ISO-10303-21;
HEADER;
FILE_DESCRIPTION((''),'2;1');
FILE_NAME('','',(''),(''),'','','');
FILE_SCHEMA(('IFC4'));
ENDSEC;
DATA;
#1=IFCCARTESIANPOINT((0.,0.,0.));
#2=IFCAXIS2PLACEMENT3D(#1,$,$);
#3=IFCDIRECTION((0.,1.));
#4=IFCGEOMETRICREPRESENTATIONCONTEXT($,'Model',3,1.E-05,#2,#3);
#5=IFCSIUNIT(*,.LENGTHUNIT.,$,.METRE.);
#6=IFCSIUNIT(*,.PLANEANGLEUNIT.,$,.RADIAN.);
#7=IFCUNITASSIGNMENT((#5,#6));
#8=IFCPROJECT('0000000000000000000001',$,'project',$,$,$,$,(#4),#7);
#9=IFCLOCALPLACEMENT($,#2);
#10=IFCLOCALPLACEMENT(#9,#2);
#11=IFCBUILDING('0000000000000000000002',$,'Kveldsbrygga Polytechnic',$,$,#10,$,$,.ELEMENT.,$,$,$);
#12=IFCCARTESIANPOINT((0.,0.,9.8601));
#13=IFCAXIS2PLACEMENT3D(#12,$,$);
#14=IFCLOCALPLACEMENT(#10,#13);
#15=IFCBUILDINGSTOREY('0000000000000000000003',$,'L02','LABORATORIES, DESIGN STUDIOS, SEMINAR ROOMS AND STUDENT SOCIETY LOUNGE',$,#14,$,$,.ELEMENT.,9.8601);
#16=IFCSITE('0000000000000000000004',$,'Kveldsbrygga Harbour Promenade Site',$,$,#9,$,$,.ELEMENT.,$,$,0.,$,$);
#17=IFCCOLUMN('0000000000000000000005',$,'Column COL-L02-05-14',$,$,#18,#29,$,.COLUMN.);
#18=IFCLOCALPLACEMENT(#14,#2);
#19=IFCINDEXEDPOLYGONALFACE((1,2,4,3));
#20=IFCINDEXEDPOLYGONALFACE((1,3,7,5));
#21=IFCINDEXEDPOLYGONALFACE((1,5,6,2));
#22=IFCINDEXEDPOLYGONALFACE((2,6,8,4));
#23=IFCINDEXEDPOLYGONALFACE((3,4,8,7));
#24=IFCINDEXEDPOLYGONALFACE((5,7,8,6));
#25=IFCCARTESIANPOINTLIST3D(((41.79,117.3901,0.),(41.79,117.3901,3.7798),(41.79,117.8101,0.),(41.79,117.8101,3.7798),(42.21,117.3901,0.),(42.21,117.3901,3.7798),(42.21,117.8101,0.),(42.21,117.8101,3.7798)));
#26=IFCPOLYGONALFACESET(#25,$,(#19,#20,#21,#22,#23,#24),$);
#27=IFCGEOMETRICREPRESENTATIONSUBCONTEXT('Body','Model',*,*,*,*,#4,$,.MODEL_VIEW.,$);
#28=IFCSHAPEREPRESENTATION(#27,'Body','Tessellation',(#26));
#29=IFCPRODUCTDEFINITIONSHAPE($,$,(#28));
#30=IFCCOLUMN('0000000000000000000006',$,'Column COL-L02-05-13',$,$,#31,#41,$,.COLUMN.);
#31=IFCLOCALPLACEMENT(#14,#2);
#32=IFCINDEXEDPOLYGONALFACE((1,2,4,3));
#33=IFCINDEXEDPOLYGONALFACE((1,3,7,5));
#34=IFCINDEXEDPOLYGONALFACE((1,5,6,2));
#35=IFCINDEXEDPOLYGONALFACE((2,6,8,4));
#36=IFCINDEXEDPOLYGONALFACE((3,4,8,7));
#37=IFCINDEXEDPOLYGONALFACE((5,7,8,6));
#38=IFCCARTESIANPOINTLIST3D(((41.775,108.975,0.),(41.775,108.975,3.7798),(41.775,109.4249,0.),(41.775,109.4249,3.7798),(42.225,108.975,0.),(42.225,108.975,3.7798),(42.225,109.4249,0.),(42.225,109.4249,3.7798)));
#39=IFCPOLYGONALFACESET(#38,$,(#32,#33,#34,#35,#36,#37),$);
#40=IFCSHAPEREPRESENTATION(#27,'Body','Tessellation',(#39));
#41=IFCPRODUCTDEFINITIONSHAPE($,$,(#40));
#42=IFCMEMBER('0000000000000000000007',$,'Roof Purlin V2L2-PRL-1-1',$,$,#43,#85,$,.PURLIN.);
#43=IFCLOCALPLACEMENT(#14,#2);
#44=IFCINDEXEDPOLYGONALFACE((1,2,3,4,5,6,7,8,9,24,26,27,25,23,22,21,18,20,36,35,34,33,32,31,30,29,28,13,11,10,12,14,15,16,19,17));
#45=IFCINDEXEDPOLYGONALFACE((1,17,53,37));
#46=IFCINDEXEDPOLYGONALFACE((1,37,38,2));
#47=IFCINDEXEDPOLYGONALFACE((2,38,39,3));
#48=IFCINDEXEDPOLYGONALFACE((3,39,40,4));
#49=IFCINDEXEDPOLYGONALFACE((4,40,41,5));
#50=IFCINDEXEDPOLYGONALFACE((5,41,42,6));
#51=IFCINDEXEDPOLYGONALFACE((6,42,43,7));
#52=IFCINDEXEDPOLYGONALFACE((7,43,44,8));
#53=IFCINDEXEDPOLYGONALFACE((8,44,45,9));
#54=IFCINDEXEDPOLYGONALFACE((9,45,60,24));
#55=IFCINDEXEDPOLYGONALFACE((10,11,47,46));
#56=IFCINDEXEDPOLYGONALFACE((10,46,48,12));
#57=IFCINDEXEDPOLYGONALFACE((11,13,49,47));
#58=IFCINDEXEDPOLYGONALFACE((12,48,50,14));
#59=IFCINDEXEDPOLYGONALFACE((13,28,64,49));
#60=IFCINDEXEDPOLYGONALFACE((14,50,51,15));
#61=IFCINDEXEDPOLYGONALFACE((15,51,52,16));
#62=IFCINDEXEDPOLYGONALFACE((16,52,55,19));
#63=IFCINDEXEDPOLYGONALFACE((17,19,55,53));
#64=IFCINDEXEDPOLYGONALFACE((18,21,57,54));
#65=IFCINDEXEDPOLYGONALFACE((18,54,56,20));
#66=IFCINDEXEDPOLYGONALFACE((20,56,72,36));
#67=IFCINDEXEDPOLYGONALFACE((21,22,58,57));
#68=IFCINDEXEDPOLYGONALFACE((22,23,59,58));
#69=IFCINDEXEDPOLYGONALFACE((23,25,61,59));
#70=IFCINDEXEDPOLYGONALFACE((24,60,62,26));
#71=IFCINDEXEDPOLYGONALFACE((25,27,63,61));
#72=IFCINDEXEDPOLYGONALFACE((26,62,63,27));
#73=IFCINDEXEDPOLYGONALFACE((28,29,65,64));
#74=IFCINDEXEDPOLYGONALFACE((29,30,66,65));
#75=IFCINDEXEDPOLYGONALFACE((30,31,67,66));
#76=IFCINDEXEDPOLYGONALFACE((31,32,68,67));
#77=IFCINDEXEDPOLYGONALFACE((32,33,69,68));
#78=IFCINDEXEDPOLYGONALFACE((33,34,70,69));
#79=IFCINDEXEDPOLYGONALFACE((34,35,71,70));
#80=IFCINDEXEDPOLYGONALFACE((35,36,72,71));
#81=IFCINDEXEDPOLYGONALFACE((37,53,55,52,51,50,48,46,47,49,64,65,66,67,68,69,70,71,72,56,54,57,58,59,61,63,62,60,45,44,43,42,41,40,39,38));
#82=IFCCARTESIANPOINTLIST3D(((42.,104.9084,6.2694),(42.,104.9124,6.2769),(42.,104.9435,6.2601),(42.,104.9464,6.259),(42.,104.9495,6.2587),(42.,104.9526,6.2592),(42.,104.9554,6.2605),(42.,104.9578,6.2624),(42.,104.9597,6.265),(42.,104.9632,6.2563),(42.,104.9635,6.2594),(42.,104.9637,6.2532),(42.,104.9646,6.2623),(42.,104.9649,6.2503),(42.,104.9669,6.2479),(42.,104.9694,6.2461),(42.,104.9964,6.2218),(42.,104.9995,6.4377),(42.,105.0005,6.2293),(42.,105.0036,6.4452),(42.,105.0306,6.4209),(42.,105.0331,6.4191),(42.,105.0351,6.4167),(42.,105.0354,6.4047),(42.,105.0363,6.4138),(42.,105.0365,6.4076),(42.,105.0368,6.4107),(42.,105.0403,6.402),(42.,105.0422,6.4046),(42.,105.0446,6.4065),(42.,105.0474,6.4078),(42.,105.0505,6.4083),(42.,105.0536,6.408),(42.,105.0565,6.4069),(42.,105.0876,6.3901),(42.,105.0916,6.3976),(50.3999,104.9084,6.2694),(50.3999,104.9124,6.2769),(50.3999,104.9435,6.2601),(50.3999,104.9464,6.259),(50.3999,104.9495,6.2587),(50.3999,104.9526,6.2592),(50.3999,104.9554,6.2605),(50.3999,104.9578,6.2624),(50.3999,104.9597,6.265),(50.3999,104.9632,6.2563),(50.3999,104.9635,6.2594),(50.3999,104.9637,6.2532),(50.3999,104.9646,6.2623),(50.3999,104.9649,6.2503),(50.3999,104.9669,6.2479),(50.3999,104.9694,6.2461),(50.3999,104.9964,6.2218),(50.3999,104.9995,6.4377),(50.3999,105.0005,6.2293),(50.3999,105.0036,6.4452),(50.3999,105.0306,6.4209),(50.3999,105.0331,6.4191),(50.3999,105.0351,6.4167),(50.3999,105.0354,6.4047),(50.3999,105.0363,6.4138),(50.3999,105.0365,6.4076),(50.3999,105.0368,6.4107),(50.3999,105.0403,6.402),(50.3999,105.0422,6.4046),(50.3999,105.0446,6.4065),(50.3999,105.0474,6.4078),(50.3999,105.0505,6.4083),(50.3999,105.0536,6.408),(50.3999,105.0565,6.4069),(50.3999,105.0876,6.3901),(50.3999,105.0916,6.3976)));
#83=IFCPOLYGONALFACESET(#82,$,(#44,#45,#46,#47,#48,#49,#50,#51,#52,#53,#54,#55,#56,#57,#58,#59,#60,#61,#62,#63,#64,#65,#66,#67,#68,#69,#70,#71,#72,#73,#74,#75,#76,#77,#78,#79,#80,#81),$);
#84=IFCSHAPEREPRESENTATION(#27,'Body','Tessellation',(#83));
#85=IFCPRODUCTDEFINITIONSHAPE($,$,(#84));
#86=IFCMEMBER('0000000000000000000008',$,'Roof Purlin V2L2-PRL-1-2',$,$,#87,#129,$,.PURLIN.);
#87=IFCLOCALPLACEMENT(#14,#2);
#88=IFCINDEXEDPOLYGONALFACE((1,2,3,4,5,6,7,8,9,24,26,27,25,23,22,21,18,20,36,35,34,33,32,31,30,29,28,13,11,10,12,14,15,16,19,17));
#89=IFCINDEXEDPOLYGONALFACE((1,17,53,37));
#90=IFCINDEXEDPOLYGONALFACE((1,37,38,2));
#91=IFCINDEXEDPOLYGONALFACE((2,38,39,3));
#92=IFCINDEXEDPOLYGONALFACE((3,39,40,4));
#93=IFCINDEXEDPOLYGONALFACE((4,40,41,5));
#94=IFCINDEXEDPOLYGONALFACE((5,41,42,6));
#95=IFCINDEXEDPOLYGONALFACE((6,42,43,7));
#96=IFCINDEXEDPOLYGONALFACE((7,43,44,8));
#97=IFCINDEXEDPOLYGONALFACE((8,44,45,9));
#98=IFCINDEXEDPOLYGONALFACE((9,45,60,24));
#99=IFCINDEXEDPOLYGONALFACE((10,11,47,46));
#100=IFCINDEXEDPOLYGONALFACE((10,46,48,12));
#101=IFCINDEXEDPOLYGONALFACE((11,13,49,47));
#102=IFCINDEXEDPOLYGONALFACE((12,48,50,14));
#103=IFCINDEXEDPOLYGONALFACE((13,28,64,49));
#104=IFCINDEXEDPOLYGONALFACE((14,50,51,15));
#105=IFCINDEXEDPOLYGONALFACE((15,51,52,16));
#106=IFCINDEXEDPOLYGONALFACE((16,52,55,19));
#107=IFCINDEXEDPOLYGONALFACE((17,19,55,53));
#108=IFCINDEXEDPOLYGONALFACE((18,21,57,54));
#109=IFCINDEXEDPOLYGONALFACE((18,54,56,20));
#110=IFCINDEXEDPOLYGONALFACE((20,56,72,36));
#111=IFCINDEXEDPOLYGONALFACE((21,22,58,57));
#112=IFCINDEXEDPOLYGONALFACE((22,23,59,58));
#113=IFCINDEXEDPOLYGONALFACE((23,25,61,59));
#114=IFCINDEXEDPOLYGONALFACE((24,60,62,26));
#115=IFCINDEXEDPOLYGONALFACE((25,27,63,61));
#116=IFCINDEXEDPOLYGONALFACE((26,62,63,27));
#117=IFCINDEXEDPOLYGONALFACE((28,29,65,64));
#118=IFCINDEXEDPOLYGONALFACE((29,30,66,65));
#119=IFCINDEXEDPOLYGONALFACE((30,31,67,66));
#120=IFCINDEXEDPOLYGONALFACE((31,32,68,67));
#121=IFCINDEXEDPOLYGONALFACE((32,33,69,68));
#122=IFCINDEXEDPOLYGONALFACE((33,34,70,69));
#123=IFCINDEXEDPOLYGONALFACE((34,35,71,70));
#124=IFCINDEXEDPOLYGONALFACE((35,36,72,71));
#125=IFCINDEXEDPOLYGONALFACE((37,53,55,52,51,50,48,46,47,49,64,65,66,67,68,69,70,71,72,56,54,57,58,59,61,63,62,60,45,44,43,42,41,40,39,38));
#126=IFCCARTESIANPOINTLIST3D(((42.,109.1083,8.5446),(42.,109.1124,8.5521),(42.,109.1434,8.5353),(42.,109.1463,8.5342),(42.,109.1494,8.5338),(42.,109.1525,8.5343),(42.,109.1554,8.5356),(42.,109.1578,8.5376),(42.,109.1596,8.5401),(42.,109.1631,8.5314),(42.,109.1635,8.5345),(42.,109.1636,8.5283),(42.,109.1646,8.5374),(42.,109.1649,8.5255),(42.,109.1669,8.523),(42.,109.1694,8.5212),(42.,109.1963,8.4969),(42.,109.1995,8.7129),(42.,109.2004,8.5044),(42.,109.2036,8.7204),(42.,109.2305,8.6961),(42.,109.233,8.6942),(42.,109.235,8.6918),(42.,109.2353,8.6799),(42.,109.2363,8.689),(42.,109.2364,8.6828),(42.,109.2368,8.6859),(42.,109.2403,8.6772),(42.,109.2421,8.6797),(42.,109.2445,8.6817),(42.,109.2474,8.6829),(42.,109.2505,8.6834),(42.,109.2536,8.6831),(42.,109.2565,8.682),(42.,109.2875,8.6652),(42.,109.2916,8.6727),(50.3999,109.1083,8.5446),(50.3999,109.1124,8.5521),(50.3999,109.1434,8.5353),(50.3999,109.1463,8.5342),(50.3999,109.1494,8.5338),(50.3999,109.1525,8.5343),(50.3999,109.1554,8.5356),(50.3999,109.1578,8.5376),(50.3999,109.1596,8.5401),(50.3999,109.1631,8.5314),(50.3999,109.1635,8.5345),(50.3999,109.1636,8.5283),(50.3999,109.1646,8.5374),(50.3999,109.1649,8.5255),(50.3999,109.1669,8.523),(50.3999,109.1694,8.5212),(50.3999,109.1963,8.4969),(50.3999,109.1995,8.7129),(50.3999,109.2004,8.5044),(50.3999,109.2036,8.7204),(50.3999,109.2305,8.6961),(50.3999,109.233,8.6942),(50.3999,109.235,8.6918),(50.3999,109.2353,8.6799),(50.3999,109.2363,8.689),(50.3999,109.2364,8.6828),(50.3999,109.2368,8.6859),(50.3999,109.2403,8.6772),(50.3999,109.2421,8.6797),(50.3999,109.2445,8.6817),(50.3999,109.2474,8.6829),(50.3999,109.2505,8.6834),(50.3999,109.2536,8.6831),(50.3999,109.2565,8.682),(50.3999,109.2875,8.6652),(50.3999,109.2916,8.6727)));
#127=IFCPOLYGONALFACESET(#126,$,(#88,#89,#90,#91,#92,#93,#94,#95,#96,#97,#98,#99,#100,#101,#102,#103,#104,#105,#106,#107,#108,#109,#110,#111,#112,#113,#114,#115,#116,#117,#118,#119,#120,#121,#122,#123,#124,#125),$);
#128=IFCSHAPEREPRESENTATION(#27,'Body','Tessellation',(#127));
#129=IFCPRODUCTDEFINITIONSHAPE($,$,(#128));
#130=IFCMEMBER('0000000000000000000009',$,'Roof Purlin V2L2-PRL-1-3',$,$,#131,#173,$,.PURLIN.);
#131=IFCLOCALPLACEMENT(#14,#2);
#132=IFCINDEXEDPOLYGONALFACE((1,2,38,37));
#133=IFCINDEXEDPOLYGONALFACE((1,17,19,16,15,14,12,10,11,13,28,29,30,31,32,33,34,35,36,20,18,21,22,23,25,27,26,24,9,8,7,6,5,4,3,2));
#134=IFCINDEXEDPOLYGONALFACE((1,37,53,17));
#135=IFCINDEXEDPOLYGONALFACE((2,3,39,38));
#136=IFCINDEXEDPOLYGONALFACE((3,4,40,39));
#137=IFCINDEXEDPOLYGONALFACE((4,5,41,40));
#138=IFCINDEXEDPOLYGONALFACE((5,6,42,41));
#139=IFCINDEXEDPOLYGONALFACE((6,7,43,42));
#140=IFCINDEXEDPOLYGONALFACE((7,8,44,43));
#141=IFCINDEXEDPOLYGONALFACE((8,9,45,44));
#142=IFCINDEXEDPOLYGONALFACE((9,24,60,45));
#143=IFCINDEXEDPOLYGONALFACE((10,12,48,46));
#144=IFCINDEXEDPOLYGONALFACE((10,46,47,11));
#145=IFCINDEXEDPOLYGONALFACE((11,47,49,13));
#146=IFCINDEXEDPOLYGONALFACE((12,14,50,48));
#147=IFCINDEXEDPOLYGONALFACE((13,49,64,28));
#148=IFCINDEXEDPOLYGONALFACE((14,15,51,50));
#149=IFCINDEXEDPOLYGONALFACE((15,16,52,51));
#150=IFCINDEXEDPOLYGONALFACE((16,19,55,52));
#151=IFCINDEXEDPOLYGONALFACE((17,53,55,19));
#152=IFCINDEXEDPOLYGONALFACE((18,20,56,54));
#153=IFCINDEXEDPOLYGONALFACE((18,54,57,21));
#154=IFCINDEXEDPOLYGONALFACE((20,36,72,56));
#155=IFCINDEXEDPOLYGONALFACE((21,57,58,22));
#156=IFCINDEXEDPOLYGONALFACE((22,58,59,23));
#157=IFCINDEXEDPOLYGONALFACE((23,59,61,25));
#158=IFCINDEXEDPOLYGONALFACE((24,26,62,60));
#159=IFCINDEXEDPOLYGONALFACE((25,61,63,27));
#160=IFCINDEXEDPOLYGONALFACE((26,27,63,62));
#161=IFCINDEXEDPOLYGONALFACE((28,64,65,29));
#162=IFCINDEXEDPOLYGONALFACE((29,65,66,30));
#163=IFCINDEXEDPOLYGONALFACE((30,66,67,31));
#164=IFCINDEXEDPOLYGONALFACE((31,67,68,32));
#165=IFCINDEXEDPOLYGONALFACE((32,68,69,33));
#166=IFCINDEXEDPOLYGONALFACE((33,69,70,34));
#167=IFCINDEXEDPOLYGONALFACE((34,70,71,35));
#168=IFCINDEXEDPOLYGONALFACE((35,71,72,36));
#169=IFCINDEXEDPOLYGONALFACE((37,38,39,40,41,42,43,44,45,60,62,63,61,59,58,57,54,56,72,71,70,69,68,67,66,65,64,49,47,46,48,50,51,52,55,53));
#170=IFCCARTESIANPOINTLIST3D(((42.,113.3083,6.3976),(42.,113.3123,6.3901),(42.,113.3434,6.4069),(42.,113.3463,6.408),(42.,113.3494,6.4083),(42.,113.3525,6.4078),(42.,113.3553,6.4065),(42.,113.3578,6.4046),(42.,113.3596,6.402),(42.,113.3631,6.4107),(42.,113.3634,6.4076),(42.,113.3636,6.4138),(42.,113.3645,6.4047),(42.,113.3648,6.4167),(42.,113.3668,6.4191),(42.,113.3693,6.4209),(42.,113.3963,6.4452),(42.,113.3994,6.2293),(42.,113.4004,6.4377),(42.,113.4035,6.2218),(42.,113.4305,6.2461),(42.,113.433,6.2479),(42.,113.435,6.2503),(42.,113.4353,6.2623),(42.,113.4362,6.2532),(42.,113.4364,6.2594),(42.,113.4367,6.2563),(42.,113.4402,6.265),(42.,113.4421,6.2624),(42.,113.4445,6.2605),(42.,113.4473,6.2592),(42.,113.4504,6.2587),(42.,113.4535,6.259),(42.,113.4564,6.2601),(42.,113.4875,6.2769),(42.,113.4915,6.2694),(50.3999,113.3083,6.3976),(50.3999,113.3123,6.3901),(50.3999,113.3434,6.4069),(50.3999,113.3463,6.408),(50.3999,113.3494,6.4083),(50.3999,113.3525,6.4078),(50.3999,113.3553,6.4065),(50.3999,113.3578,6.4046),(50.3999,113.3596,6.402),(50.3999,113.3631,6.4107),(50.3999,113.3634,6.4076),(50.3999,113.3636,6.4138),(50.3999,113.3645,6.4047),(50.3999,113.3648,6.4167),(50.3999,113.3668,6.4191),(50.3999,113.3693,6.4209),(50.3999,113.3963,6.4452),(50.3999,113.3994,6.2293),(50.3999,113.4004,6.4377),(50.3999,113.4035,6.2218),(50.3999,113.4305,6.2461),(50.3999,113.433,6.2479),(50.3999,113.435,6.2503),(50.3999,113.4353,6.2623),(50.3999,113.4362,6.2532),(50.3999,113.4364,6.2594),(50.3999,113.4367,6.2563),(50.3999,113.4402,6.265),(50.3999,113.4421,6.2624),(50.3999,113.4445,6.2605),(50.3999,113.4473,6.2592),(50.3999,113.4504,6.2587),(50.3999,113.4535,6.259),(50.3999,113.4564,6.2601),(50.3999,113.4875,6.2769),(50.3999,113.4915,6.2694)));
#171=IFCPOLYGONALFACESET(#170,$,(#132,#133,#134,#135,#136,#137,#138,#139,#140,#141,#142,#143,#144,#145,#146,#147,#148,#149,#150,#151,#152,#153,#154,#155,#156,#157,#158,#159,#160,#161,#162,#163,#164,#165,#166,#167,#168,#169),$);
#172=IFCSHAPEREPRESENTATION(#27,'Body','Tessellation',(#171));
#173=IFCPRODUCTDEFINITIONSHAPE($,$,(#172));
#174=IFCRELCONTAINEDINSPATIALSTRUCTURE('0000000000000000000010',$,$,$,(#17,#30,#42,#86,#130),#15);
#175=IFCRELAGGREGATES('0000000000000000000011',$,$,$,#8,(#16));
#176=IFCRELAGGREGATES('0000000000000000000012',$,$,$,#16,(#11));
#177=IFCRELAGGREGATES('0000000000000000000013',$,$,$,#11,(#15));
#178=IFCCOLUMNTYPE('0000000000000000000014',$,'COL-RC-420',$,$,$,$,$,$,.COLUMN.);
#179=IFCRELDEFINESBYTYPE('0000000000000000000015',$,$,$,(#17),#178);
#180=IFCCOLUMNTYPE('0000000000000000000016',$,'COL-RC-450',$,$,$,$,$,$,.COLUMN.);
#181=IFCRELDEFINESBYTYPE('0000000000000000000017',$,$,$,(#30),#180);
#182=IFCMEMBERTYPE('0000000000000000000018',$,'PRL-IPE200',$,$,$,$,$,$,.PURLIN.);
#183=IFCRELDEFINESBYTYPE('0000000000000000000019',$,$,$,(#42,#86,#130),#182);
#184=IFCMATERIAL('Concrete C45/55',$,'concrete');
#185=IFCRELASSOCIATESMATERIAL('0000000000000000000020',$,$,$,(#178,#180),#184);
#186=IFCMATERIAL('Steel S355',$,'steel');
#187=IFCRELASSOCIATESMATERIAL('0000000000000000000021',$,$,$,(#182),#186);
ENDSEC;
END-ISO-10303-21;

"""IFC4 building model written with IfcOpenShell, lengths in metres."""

from ifc_helpers import new_model, si_unit, direction, frame, origin, origin_2d, place, context, subcontext, project, spatial, rectangle, i_section, extrude, material, material_profile, profile_set, type_object, element, save


model = new_model("IFC4")

# Units and contexts
model_context = context("Model", 3, precision=1e-05, world=origin(), true_north=direction((0.0, 1.0)))
body_context = subcontext(model_context, "Body", "Model", "MODEL_VIEW")
ifc_project = project(units=[si_unit("LENGTHUNIT", "METRE"), si_unit("PLANEANGLEUNIT", "RADIAN")], contexts=[model_context])

# Site, building, storey
site_placement = place(None, origin())
site = spatial("IfcSite", under=ifc_project, at=site_placement, Name="Kveldsbrygga Harbour Promenade Site", CompositionType="ELEMENT", RefElevation=0.0)
building_placement = place(site_placement, origin())
building = spatial("IfcBuilding", under=site, at=building_placement, Name="Kveldsbrygga Polytechnic", CompositionType="ELEMENT")
storey_placement = place(building_placement, frame((0.0, 0.0, 9.8601)))
storey = spatial("IfcBuildingStorey", under=building, at=storey_placement, Name="L02", Description="LABORATORIES, DESIGN STUDIOS, SEMINAR ROOMS AND STUDENT SOCIETY LOUNGE", CompositionType="ELEMENT", Elevation=9.8601)

# Columns
ifc_material_1 = material(Name="Concrete C45/55", Category="concrete")
ifc_material_profile_1 = material_profile(ifc_material_1, rectangle(XDim=0.4199, YDim=0.4199, at=origin_2d()), Name="RC 420x420")
ifc_profile_set_1 = profile_set([ifc_material_profile_1], Name="Concrete C45/55")
column_type_1 = type_object("IfcColumnType", Name="COL-RC-420", PredefinedType="COLUMN", material=ifc_profile_set_1)
column_1_placement = place(storey_placement, frame((42.0, 117.6001, 0.0), z_axis=(0.0, 0.0, 1.0), x_axis=(1.0, 0.0, 0.0)))
element("IfcColumn", 1, at=column_1_placement, inside=storey, type_object=column_type_1, Name="Column COL-L02-05-14", PredefinedType="COLUMN", context=body_context, shape_type="SweptSolid", body=[
    extrude(rectangle(XDim=0.4199, YDim=0.4199, at=origin_2d()), origin(), (0.0, 0.0, 1.0), 3.7798),
])
ifc_material_profile_2 = material_profile(ifc_material_1, rectangle(XDim=0.45, YDim=0.45, at=origin_2d()), Name="RC 450x450")
ifc_profile_set_2 = profile_set([ifc_material_profile_2], Name="Concrete C45/55")
column_type_2 = type_object("IfcColumnType", Name="COL-RC-450", PredefinedType="COLUMN", material=ifc_profile_set_2)
column_2_placement = place(storey_placement, frame((42.0, 109.2, 0.0), z_axis=(0.0, 0.0, 1.0), x_axis=(1.0, 0.0, 0.0)))
element("IfcColumn", 2, at=column_2_placement, inside=storey, type_object=column_type_2, Name="Column COL-L02-05-13", PredefinedType="COLUMN", context=body_context, shape_type="SweptSolid", body=[
    extrude(rectangle(XDim=0.45, YDim=0.45, at=origin_2d()), origin(), (0.0, 0.0, 1.0), 3.7798),
])

# Members
ifc_material_2 = material(Name="Steel S355", Category="steel")
ifc_material_profile_3 = material_profile(ifc_material_2, i_section(OverallWidth=0.1001, OverallDepth=0.2, WebThickness=0.0056, FlangeThickness=0.0085, FilletRadius=0.012, at=origin_2d()), Name="IPE 200")
ifc_profile_set_3 = profile_set([ifc_material_profile_3], Name="Steel S355")
member_type_1 = type_object("IfcMemberType", Name="PRL-IPE200", PredefinedType="PURLIN", material=ifc_profile_set_3)
for number, where, z_axis, x_axis, name in (
    (3, (42.0, 105.0, 6.3335), (1.0, 0.0, 0.0), (0.0, 0.879292, -0.476283), "Roof Purlin V2L2-PRL-1-1"),
    (4, (42.0, 109.2, 8.6086), (1.0, 0.0, 0.0), (0.0, 0.879292, -0.476283), "Roof Purlin V2L2-PRL-1-2"),
    (5, (42.0, 113.3999, 6.3335), (1.0, 0.0, 0.0), (0.0, 0.879292, 0.476283), "Roof Purlin V2L2-PRL-1-3"),
):
    element("IfcMember", number, at=place(storey_placement, frame(where, z_axis=z_axis, x_axis=x_axis)), inside=storey, type_object=member_type_1, Name=name, PredefinedType="PURLIN", context=body_context, shape_type="SweptSolid", body=[
        extrude(i_section(OverallWidth=0.1001, OverallDepth=0.2, WebThickness=0.0056, FlangeThickness=0.0085, FilletRadius=0.012, at=origin_2d()), origin(), (0.0, 0.0, 1.0), 8.3999),
    ])

save(model, "model.ifc")
